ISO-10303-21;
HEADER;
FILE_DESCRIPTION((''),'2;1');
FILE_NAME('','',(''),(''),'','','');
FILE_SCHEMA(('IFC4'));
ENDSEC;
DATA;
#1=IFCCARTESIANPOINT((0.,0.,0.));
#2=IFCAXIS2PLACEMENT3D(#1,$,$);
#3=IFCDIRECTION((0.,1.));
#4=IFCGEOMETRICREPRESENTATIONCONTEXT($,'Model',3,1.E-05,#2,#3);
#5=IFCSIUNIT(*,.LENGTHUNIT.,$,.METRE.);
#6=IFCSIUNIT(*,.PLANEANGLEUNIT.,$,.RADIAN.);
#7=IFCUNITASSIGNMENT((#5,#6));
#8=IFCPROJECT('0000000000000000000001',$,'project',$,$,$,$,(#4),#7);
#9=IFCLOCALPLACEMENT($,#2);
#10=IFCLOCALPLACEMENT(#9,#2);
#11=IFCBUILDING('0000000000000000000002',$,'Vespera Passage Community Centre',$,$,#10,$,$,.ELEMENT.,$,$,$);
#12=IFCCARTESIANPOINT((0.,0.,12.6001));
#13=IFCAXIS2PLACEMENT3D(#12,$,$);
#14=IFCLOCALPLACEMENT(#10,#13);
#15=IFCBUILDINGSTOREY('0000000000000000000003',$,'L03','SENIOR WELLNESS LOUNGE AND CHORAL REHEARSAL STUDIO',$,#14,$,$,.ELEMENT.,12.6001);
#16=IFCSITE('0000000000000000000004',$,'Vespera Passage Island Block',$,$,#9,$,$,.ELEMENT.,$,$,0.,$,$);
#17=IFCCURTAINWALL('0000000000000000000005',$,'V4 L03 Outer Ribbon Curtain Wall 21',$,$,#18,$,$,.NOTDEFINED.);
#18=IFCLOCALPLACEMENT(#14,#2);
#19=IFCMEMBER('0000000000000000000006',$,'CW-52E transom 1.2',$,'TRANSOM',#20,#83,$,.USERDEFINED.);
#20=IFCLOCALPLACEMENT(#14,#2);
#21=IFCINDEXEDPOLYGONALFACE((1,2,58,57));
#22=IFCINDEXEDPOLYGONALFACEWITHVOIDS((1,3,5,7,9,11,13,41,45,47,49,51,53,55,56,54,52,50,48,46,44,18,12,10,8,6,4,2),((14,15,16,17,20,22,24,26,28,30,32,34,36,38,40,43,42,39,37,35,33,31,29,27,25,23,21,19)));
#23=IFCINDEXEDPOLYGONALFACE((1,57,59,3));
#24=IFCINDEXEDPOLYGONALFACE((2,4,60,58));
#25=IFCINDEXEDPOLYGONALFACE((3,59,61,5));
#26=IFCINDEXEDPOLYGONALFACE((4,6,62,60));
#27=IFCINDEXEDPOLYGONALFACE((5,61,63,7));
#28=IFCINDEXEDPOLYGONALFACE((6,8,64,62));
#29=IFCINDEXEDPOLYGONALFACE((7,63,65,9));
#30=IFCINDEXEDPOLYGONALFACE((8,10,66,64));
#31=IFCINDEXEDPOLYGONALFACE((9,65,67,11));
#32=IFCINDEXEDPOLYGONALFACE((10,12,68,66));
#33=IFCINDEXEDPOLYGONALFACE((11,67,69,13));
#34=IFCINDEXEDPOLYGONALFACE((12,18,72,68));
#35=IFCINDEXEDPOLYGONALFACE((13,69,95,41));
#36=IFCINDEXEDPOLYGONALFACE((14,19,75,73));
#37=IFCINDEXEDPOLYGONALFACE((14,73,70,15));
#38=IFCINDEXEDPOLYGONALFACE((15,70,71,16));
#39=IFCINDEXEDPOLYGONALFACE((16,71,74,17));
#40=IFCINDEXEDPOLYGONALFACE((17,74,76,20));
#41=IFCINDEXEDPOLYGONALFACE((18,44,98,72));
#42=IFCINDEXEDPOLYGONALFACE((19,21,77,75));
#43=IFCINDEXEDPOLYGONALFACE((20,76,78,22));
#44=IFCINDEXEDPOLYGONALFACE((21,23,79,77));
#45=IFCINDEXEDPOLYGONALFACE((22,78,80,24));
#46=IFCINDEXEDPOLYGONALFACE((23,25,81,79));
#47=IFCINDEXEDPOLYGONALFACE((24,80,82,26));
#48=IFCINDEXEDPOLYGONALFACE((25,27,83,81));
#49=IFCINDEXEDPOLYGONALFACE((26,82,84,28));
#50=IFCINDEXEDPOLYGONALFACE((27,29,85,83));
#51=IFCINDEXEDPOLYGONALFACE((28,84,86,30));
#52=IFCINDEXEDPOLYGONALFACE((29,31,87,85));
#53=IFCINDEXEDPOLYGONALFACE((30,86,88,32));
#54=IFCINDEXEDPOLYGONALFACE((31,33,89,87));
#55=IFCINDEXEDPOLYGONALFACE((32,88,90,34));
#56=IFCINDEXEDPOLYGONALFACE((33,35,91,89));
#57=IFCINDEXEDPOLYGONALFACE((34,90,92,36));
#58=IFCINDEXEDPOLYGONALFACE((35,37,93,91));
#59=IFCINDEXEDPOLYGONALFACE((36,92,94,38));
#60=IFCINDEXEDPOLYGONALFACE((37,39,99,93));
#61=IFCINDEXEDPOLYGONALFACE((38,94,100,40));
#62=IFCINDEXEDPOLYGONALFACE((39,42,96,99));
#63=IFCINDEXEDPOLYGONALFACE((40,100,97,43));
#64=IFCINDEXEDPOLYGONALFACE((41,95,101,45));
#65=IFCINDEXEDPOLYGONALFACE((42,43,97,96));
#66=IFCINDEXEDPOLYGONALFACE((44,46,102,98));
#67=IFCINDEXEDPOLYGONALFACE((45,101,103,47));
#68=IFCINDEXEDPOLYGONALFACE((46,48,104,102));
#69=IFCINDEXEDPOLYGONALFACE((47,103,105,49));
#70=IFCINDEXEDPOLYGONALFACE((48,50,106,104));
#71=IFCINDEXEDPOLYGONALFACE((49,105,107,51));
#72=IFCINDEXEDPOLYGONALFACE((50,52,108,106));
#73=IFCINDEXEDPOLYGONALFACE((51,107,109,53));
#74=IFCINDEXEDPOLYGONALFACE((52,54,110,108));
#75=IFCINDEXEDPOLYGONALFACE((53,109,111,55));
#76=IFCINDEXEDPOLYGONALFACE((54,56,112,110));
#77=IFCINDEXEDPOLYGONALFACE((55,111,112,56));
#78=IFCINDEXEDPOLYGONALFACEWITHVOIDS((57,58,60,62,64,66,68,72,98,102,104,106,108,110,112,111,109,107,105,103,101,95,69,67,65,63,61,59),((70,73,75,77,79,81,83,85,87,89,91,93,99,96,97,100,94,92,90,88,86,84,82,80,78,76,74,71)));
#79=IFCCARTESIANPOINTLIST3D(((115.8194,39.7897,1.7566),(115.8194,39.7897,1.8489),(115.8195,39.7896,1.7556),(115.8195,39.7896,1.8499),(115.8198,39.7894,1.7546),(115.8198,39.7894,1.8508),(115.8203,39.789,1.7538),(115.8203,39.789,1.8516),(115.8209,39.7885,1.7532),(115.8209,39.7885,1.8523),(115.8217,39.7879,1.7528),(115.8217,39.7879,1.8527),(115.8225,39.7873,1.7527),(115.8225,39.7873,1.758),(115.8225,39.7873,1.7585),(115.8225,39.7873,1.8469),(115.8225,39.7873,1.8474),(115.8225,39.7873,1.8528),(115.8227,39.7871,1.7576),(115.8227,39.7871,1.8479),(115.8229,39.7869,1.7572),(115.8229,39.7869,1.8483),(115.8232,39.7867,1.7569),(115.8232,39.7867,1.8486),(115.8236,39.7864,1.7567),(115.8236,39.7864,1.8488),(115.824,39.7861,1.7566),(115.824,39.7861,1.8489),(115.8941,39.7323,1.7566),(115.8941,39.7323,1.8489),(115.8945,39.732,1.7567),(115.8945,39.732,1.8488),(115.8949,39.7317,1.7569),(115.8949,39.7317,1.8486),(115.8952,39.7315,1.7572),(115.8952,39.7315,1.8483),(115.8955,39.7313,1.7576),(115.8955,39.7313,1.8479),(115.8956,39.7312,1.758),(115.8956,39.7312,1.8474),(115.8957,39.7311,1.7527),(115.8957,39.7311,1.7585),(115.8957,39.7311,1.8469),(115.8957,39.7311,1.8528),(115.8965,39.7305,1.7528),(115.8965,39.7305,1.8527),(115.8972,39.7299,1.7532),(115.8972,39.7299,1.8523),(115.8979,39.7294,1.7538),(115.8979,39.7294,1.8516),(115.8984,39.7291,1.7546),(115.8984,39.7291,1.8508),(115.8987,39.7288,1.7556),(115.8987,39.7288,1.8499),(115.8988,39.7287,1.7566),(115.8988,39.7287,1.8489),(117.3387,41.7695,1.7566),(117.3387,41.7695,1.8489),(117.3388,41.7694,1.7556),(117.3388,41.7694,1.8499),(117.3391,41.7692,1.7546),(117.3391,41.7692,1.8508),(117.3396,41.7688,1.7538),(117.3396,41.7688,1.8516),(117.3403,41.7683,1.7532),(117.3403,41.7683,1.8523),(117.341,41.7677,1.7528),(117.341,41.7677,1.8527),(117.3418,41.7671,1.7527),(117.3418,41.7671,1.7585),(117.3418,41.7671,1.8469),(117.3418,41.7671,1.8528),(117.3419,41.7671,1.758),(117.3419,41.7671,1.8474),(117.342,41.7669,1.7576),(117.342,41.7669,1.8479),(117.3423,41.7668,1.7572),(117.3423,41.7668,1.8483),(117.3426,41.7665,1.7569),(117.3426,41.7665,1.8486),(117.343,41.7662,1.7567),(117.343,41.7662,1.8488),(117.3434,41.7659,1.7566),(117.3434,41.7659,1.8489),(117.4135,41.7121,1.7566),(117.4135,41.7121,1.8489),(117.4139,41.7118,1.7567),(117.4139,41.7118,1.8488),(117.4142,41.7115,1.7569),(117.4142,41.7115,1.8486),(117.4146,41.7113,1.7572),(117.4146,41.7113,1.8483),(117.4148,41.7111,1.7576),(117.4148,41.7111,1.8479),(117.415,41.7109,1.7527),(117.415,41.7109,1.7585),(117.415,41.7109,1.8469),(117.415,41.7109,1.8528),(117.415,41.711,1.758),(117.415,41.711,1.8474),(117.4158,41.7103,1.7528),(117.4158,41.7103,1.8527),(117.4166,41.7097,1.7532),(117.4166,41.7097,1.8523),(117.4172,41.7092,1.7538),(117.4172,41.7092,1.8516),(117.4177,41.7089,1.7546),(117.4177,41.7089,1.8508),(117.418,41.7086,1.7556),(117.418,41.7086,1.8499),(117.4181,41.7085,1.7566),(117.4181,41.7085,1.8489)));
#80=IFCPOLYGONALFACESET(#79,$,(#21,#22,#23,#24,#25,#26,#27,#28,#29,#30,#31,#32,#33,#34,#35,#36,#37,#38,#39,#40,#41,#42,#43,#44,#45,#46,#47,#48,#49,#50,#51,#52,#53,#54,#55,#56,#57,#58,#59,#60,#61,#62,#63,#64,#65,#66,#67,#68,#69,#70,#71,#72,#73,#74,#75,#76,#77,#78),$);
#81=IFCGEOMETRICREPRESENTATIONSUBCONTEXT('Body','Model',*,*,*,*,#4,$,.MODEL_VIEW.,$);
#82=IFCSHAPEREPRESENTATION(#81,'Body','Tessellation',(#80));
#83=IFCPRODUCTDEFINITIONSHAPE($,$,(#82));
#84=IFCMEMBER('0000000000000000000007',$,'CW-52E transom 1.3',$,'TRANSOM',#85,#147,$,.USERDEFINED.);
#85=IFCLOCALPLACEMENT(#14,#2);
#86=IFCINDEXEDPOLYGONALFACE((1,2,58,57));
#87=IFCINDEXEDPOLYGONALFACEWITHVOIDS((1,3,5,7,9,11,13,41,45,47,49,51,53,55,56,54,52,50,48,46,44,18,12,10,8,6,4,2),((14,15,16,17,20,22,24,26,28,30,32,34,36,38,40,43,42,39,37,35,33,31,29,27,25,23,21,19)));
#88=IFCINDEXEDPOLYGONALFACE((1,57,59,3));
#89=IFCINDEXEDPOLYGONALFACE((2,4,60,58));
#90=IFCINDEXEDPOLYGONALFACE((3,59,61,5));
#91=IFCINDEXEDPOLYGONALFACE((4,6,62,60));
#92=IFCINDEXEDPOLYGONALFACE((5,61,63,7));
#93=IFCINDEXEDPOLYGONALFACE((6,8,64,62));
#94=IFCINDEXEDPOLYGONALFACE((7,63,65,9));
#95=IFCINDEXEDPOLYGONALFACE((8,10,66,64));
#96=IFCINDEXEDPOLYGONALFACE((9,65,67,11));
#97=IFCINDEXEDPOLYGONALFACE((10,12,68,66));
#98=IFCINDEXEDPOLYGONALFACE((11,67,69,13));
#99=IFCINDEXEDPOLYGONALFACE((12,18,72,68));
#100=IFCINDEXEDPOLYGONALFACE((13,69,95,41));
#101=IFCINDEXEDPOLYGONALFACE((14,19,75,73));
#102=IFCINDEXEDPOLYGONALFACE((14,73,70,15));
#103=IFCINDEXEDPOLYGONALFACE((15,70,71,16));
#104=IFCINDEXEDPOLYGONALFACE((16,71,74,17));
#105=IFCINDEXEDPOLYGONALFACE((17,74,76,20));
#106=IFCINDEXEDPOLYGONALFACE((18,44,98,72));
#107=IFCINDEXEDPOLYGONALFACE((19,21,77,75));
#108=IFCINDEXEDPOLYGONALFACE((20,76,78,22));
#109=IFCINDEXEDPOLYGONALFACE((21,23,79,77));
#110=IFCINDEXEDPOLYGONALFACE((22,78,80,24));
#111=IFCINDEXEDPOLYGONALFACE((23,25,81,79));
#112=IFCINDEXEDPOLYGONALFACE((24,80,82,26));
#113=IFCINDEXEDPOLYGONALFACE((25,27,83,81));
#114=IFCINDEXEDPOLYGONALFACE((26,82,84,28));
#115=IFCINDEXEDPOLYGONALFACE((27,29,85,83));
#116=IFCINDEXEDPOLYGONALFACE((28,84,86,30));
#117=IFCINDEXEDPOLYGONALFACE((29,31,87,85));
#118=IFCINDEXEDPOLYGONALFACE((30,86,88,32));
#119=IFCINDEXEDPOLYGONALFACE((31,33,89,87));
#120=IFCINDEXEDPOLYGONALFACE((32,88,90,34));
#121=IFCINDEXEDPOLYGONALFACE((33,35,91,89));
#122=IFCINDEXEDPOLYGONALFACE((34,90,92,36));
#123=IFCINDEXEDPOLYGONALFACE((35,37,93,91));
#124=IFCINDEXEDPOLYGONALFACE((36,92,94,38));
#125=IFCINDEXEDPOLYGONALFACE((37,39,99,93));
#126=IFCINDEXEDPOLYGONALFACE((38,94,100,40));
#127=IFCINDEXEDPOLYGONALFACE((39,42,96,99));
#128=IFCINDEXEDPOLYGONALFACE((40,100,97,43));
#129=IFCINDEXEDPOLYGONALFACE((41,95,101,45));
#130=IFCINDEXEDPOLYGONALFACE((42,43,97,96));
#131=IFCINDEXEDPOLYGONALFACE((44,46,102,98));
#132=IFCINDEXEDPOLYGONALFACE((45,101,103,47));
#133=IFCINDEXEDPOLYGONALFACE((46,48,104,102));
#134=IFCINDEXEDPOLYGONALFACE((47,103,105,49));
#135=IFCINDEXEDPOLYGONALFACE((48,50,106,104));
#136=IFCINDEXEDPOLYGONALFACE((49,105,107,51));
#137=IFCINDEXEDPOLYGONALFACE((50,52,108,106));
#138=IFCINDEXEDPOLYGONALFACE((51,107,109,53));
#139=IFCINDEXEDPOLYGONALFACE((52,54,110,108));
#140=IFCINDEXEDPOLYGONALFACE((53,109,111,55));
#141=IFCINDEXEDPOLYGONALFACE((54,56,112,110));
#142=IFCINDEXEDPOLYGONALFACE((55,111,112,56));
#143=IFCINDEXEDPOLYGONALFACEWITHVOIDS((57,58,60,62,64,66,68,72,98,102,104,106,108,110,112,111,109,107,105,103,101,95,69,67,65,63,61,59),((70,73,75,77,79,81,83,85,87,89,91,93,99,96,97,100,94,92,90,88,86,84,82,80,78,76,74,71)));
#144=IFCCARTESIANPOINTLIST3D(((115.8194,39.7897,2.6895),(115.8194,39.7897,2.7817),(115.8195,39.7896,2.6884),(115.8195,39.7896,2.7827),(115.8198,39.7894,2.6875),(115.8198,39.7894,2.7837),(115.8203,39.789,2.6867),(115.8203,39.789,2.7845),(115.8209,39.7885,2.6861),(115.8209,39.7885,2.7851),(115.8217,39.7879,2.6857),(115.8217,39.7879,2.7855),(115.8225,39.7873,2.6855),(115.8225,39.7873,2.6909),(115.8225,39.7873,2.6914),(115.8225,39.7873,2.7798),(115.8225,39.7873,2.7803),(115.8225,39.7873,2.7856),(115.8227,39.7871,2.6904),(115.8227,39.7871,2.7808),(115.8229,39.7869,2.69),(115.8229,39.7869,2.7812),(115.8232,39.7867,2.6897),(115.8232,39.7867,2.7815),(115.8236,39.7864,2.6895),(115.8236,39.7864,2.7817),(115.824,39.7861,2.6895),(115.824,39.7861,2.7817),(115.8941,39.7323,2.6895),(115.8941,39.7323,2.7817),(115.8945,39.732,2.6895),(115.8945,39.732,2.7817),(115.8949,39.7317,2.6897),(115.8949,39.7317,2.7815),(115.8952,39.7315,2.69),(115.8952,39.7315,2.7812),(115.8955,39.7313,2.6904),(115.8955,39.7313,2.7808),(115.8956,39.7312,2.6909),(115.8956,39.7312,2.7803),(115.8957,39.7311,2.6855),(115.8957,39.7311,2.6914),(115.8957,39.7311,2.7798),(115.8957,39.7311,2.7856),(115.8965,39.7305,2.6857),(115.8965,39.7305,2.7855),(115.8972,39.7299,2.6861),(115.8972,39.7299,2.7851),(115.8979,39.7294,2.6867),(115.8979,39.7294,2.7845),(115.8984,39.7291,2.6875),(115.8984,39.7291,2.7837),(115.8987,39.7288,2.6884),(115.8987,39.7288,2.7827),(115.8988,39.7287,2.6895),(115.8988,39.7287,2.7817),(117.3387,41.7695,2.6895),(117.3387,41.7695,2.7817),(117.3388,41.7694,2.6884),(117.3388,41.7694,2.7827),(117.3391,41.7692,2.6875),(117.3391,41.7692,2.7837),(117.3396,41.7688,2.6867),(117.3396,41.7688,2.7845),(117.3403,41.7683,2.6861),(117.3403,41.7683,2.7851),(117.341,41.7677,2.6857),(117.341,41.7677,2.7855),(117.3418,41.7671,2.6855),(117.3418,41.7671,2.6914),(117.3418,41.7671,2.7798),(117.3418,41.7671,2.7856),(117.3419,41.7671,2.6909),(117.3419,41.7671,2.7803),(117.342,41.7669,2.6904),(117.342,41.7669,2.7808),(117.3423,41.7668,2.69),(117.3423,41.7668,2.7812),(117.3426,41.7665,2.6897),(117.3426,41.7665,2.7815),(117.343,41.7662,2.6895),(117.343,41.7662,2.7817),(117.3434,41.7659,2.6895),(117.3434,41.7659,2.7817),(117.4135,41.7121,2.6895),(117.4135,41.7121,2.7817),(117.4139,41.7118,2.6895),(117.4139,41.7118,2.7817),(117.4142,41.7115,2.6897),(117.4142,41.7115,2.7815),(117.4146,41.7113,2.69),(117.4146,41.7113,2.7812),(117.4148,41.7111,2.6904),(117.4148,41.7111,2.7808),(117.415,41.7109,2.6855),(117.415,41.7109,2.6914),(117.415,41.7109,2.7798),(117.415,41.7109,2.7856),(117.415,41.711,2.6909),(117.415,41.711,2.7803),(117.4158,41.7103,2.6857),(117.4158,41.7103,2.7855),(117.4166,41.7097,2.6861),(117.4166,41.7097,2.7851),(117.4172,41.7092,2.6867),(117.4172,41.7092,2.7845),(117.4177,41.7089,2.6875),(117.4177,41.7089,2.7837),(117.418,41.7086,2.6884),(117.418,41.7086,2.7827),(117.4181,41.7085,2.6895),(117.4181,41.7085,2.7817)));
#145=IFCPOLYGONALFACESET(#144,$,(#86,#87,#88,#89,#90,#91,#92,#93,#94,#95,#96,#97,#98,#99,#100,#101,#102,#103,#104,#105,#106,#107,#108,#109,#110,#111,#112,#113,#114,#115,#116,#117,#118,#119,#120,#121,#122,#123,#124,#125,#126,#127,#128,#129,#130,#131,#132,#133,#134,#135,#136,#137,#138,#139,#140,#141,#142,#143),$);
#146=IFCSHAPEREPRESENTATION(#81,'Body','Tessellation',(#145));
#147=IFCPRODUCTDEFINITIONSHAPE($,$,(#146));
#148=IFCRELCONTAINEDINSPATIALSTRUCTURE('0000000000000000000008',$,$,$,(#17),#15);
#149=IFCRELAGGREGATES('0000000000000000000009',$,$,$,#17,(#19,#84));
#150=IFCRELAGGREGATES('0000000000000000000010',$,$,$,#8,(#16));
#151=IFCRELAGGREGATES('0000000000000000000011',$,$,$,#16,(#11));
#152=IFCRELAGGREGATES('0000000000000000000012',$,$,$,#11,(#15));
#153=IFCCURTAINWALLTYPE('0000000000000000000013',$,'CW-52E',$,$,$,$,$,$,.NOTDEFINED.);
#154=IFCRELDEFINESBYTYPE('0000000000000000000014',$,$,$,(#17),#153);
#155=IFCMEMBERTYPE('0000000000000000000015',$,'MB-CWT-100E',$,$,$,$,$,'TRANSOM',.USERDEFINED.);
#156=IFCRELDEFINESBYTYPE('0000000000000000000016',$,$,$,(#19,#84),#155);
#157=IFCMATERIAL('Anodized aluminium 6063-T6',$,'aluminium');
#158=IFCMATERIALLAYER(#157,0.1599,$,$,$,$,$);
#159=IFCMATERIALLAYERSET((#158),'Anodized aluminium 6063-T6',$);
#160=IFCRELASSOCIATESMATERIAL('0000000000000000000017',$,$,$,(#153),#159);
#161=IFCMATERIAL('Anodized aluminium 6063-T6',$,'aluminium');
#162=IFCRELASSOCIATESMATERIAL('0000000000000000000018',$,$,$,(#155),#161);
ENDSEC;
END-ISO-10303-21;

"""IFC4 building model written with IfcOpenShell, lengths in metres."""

from ifc_helpers import new_model, si_unit, direction, frame, origin, origin_2d, place, context, subcontext, project, spatial, hollow_rectangle, extrude, material, layer, layer_set, material_profile, profile_set, type_object, element, aggregate, save


model = new_model("IFC4")

# Units and contexts
model_context = context("Model", 3, precision=1e-05, world=origin(), true_north=direction((0.0, 1.0)))
body_context = subcontext(model_context, "Body", "Model", "MODEL_VIEW")
ifc_project = project(units=[si_unit("LENGTHUNIT", "METRE"), si_unit("PLANEANGLEUNIT", "RADIAN")], contexts=[model_context])

# Site, building, storey
site_placement = place(None, origin())
site = spatial("IfcSite", under=ifc_project, at=site_placement, Name="Vespera Passage Island Block", CompositionType="ELEMENT", RefElevation=0.0)
building_placement = place(site_placement, origin())
building = spatial("IfcBuilding", under=site, at=building_placement, Name="Vespera Passage Community Centre", CompositionType="ELEMENT")
storey_placement = place(building_placement, frame((0.0, 0.0, 12.6001)))
storey = spatial("IfcBuildingStorey", under=building, at=storey_placement, Name="L03", Description="SENIOR WELLNESS LOUNGE AND CHORAL REHEARSAL STUDIO", CompositionType="ELEMENT", Elevation=12.6001)

# Curtain wall, members
ifc_material_1 = material(Name="Anodized aluminium 6063-T6", Category="aluminium")
ifc_layer_1 = layer(ifc_material_1, 0.1599)
ifc_layer_set_1 = layer_set([ifc_layer_1], Name="Anodized aluminium 6063-T6")
curtain_wall_type = type_object("IfcCurtainWallType", Name="CW-52E", PredefinedType="NOTDEFINED", material=ifc_layer_set_1)
curtain_wall_placement = place(storey_placement, origin())
curtain_wall = element("IfcCurtainWall", 1, at=curtain_wall_placement, inside=storey, type_object=curtain_wall_type, Name="V4 L03 Outer Ribbon Curtain Wall 21", PredefinedType="NOTDEFINED")
ifc_material_2 = material(Name="Anodized aluminium 6063-T6", Category="aluminium")
ifc_material_profile_1 = material_profile(ifc_material_2, hollow_rectangle(XDim=0.1001, YDim=0.1001, WallThickness=0.0039, InnerFilletRadius=0.002, OuterFilletRadius=0.0039, at=origin_2d()), Name="ALU100X100X4")
ifc_profile_set_1 = profile_set([ifc_material_profile_1], Name="Anodized aluminium 6063-T6")
member_type_1 = type_object("IfcMemberType", Name="MB-CWT-100E", ElementType="TRANSOM", PredefinedType="USERDEFINED", material=ifc_profile_set_1)
member_1_placement = place(storey_placement, frame((117.3784, 41.739, 1.8027), z_axis=(-0.608807, -0.793318, 0.0), x_axis=(0.793318, -0.608807, 0.0)))
member_1 = element("IfcMember", 2, at=member_1_placement, type_object=member_type_1, Name="CW-52E transom 1.2", ObjectType="TRANSOM", PredefinedType="USERDEFINED", context=body_context, shape_type="SweptSolid", body=[
    extrude(hollow_rectangle(XDim=0.1001, YDim=0.1001, WallThickness=0.0039, InnerFilletRadius=0.002, OuterFilletRadius=0.0039, at=origin_2d()), origin(), (0.0, 0.0, 1.0), 2.4956),
])
member_2_placement = place(storey_placement, frame((117.3784, 41.739, 2.7356), z_axis=(-0.608807, -0.793318, 0.0), x_axis=(0.793318, -0.608807, 0.0)))
member_2 = element("IfcMember", 3, at=member_2_placement, type_object=member_type_1, Name="CW-52E transom 1.3", ObjectType="TRANSOM", PredefinedType="USERDEFINED", context=body_context, shape_type="SweptSolid", body=[
    extrude(hollow_rectangle(XDim=0.1001, YDim=0.1001, WallThickness=0.0039, InnerFilletRadius=0.002, OuterFilletRadius=0.0039, at=origin_2d()), origin(), (0.0, 0.0, 1.0), 2.4956),
])
aggregate(curtain_wall, [member_1, member_2])

save(model, "model.ifc")
